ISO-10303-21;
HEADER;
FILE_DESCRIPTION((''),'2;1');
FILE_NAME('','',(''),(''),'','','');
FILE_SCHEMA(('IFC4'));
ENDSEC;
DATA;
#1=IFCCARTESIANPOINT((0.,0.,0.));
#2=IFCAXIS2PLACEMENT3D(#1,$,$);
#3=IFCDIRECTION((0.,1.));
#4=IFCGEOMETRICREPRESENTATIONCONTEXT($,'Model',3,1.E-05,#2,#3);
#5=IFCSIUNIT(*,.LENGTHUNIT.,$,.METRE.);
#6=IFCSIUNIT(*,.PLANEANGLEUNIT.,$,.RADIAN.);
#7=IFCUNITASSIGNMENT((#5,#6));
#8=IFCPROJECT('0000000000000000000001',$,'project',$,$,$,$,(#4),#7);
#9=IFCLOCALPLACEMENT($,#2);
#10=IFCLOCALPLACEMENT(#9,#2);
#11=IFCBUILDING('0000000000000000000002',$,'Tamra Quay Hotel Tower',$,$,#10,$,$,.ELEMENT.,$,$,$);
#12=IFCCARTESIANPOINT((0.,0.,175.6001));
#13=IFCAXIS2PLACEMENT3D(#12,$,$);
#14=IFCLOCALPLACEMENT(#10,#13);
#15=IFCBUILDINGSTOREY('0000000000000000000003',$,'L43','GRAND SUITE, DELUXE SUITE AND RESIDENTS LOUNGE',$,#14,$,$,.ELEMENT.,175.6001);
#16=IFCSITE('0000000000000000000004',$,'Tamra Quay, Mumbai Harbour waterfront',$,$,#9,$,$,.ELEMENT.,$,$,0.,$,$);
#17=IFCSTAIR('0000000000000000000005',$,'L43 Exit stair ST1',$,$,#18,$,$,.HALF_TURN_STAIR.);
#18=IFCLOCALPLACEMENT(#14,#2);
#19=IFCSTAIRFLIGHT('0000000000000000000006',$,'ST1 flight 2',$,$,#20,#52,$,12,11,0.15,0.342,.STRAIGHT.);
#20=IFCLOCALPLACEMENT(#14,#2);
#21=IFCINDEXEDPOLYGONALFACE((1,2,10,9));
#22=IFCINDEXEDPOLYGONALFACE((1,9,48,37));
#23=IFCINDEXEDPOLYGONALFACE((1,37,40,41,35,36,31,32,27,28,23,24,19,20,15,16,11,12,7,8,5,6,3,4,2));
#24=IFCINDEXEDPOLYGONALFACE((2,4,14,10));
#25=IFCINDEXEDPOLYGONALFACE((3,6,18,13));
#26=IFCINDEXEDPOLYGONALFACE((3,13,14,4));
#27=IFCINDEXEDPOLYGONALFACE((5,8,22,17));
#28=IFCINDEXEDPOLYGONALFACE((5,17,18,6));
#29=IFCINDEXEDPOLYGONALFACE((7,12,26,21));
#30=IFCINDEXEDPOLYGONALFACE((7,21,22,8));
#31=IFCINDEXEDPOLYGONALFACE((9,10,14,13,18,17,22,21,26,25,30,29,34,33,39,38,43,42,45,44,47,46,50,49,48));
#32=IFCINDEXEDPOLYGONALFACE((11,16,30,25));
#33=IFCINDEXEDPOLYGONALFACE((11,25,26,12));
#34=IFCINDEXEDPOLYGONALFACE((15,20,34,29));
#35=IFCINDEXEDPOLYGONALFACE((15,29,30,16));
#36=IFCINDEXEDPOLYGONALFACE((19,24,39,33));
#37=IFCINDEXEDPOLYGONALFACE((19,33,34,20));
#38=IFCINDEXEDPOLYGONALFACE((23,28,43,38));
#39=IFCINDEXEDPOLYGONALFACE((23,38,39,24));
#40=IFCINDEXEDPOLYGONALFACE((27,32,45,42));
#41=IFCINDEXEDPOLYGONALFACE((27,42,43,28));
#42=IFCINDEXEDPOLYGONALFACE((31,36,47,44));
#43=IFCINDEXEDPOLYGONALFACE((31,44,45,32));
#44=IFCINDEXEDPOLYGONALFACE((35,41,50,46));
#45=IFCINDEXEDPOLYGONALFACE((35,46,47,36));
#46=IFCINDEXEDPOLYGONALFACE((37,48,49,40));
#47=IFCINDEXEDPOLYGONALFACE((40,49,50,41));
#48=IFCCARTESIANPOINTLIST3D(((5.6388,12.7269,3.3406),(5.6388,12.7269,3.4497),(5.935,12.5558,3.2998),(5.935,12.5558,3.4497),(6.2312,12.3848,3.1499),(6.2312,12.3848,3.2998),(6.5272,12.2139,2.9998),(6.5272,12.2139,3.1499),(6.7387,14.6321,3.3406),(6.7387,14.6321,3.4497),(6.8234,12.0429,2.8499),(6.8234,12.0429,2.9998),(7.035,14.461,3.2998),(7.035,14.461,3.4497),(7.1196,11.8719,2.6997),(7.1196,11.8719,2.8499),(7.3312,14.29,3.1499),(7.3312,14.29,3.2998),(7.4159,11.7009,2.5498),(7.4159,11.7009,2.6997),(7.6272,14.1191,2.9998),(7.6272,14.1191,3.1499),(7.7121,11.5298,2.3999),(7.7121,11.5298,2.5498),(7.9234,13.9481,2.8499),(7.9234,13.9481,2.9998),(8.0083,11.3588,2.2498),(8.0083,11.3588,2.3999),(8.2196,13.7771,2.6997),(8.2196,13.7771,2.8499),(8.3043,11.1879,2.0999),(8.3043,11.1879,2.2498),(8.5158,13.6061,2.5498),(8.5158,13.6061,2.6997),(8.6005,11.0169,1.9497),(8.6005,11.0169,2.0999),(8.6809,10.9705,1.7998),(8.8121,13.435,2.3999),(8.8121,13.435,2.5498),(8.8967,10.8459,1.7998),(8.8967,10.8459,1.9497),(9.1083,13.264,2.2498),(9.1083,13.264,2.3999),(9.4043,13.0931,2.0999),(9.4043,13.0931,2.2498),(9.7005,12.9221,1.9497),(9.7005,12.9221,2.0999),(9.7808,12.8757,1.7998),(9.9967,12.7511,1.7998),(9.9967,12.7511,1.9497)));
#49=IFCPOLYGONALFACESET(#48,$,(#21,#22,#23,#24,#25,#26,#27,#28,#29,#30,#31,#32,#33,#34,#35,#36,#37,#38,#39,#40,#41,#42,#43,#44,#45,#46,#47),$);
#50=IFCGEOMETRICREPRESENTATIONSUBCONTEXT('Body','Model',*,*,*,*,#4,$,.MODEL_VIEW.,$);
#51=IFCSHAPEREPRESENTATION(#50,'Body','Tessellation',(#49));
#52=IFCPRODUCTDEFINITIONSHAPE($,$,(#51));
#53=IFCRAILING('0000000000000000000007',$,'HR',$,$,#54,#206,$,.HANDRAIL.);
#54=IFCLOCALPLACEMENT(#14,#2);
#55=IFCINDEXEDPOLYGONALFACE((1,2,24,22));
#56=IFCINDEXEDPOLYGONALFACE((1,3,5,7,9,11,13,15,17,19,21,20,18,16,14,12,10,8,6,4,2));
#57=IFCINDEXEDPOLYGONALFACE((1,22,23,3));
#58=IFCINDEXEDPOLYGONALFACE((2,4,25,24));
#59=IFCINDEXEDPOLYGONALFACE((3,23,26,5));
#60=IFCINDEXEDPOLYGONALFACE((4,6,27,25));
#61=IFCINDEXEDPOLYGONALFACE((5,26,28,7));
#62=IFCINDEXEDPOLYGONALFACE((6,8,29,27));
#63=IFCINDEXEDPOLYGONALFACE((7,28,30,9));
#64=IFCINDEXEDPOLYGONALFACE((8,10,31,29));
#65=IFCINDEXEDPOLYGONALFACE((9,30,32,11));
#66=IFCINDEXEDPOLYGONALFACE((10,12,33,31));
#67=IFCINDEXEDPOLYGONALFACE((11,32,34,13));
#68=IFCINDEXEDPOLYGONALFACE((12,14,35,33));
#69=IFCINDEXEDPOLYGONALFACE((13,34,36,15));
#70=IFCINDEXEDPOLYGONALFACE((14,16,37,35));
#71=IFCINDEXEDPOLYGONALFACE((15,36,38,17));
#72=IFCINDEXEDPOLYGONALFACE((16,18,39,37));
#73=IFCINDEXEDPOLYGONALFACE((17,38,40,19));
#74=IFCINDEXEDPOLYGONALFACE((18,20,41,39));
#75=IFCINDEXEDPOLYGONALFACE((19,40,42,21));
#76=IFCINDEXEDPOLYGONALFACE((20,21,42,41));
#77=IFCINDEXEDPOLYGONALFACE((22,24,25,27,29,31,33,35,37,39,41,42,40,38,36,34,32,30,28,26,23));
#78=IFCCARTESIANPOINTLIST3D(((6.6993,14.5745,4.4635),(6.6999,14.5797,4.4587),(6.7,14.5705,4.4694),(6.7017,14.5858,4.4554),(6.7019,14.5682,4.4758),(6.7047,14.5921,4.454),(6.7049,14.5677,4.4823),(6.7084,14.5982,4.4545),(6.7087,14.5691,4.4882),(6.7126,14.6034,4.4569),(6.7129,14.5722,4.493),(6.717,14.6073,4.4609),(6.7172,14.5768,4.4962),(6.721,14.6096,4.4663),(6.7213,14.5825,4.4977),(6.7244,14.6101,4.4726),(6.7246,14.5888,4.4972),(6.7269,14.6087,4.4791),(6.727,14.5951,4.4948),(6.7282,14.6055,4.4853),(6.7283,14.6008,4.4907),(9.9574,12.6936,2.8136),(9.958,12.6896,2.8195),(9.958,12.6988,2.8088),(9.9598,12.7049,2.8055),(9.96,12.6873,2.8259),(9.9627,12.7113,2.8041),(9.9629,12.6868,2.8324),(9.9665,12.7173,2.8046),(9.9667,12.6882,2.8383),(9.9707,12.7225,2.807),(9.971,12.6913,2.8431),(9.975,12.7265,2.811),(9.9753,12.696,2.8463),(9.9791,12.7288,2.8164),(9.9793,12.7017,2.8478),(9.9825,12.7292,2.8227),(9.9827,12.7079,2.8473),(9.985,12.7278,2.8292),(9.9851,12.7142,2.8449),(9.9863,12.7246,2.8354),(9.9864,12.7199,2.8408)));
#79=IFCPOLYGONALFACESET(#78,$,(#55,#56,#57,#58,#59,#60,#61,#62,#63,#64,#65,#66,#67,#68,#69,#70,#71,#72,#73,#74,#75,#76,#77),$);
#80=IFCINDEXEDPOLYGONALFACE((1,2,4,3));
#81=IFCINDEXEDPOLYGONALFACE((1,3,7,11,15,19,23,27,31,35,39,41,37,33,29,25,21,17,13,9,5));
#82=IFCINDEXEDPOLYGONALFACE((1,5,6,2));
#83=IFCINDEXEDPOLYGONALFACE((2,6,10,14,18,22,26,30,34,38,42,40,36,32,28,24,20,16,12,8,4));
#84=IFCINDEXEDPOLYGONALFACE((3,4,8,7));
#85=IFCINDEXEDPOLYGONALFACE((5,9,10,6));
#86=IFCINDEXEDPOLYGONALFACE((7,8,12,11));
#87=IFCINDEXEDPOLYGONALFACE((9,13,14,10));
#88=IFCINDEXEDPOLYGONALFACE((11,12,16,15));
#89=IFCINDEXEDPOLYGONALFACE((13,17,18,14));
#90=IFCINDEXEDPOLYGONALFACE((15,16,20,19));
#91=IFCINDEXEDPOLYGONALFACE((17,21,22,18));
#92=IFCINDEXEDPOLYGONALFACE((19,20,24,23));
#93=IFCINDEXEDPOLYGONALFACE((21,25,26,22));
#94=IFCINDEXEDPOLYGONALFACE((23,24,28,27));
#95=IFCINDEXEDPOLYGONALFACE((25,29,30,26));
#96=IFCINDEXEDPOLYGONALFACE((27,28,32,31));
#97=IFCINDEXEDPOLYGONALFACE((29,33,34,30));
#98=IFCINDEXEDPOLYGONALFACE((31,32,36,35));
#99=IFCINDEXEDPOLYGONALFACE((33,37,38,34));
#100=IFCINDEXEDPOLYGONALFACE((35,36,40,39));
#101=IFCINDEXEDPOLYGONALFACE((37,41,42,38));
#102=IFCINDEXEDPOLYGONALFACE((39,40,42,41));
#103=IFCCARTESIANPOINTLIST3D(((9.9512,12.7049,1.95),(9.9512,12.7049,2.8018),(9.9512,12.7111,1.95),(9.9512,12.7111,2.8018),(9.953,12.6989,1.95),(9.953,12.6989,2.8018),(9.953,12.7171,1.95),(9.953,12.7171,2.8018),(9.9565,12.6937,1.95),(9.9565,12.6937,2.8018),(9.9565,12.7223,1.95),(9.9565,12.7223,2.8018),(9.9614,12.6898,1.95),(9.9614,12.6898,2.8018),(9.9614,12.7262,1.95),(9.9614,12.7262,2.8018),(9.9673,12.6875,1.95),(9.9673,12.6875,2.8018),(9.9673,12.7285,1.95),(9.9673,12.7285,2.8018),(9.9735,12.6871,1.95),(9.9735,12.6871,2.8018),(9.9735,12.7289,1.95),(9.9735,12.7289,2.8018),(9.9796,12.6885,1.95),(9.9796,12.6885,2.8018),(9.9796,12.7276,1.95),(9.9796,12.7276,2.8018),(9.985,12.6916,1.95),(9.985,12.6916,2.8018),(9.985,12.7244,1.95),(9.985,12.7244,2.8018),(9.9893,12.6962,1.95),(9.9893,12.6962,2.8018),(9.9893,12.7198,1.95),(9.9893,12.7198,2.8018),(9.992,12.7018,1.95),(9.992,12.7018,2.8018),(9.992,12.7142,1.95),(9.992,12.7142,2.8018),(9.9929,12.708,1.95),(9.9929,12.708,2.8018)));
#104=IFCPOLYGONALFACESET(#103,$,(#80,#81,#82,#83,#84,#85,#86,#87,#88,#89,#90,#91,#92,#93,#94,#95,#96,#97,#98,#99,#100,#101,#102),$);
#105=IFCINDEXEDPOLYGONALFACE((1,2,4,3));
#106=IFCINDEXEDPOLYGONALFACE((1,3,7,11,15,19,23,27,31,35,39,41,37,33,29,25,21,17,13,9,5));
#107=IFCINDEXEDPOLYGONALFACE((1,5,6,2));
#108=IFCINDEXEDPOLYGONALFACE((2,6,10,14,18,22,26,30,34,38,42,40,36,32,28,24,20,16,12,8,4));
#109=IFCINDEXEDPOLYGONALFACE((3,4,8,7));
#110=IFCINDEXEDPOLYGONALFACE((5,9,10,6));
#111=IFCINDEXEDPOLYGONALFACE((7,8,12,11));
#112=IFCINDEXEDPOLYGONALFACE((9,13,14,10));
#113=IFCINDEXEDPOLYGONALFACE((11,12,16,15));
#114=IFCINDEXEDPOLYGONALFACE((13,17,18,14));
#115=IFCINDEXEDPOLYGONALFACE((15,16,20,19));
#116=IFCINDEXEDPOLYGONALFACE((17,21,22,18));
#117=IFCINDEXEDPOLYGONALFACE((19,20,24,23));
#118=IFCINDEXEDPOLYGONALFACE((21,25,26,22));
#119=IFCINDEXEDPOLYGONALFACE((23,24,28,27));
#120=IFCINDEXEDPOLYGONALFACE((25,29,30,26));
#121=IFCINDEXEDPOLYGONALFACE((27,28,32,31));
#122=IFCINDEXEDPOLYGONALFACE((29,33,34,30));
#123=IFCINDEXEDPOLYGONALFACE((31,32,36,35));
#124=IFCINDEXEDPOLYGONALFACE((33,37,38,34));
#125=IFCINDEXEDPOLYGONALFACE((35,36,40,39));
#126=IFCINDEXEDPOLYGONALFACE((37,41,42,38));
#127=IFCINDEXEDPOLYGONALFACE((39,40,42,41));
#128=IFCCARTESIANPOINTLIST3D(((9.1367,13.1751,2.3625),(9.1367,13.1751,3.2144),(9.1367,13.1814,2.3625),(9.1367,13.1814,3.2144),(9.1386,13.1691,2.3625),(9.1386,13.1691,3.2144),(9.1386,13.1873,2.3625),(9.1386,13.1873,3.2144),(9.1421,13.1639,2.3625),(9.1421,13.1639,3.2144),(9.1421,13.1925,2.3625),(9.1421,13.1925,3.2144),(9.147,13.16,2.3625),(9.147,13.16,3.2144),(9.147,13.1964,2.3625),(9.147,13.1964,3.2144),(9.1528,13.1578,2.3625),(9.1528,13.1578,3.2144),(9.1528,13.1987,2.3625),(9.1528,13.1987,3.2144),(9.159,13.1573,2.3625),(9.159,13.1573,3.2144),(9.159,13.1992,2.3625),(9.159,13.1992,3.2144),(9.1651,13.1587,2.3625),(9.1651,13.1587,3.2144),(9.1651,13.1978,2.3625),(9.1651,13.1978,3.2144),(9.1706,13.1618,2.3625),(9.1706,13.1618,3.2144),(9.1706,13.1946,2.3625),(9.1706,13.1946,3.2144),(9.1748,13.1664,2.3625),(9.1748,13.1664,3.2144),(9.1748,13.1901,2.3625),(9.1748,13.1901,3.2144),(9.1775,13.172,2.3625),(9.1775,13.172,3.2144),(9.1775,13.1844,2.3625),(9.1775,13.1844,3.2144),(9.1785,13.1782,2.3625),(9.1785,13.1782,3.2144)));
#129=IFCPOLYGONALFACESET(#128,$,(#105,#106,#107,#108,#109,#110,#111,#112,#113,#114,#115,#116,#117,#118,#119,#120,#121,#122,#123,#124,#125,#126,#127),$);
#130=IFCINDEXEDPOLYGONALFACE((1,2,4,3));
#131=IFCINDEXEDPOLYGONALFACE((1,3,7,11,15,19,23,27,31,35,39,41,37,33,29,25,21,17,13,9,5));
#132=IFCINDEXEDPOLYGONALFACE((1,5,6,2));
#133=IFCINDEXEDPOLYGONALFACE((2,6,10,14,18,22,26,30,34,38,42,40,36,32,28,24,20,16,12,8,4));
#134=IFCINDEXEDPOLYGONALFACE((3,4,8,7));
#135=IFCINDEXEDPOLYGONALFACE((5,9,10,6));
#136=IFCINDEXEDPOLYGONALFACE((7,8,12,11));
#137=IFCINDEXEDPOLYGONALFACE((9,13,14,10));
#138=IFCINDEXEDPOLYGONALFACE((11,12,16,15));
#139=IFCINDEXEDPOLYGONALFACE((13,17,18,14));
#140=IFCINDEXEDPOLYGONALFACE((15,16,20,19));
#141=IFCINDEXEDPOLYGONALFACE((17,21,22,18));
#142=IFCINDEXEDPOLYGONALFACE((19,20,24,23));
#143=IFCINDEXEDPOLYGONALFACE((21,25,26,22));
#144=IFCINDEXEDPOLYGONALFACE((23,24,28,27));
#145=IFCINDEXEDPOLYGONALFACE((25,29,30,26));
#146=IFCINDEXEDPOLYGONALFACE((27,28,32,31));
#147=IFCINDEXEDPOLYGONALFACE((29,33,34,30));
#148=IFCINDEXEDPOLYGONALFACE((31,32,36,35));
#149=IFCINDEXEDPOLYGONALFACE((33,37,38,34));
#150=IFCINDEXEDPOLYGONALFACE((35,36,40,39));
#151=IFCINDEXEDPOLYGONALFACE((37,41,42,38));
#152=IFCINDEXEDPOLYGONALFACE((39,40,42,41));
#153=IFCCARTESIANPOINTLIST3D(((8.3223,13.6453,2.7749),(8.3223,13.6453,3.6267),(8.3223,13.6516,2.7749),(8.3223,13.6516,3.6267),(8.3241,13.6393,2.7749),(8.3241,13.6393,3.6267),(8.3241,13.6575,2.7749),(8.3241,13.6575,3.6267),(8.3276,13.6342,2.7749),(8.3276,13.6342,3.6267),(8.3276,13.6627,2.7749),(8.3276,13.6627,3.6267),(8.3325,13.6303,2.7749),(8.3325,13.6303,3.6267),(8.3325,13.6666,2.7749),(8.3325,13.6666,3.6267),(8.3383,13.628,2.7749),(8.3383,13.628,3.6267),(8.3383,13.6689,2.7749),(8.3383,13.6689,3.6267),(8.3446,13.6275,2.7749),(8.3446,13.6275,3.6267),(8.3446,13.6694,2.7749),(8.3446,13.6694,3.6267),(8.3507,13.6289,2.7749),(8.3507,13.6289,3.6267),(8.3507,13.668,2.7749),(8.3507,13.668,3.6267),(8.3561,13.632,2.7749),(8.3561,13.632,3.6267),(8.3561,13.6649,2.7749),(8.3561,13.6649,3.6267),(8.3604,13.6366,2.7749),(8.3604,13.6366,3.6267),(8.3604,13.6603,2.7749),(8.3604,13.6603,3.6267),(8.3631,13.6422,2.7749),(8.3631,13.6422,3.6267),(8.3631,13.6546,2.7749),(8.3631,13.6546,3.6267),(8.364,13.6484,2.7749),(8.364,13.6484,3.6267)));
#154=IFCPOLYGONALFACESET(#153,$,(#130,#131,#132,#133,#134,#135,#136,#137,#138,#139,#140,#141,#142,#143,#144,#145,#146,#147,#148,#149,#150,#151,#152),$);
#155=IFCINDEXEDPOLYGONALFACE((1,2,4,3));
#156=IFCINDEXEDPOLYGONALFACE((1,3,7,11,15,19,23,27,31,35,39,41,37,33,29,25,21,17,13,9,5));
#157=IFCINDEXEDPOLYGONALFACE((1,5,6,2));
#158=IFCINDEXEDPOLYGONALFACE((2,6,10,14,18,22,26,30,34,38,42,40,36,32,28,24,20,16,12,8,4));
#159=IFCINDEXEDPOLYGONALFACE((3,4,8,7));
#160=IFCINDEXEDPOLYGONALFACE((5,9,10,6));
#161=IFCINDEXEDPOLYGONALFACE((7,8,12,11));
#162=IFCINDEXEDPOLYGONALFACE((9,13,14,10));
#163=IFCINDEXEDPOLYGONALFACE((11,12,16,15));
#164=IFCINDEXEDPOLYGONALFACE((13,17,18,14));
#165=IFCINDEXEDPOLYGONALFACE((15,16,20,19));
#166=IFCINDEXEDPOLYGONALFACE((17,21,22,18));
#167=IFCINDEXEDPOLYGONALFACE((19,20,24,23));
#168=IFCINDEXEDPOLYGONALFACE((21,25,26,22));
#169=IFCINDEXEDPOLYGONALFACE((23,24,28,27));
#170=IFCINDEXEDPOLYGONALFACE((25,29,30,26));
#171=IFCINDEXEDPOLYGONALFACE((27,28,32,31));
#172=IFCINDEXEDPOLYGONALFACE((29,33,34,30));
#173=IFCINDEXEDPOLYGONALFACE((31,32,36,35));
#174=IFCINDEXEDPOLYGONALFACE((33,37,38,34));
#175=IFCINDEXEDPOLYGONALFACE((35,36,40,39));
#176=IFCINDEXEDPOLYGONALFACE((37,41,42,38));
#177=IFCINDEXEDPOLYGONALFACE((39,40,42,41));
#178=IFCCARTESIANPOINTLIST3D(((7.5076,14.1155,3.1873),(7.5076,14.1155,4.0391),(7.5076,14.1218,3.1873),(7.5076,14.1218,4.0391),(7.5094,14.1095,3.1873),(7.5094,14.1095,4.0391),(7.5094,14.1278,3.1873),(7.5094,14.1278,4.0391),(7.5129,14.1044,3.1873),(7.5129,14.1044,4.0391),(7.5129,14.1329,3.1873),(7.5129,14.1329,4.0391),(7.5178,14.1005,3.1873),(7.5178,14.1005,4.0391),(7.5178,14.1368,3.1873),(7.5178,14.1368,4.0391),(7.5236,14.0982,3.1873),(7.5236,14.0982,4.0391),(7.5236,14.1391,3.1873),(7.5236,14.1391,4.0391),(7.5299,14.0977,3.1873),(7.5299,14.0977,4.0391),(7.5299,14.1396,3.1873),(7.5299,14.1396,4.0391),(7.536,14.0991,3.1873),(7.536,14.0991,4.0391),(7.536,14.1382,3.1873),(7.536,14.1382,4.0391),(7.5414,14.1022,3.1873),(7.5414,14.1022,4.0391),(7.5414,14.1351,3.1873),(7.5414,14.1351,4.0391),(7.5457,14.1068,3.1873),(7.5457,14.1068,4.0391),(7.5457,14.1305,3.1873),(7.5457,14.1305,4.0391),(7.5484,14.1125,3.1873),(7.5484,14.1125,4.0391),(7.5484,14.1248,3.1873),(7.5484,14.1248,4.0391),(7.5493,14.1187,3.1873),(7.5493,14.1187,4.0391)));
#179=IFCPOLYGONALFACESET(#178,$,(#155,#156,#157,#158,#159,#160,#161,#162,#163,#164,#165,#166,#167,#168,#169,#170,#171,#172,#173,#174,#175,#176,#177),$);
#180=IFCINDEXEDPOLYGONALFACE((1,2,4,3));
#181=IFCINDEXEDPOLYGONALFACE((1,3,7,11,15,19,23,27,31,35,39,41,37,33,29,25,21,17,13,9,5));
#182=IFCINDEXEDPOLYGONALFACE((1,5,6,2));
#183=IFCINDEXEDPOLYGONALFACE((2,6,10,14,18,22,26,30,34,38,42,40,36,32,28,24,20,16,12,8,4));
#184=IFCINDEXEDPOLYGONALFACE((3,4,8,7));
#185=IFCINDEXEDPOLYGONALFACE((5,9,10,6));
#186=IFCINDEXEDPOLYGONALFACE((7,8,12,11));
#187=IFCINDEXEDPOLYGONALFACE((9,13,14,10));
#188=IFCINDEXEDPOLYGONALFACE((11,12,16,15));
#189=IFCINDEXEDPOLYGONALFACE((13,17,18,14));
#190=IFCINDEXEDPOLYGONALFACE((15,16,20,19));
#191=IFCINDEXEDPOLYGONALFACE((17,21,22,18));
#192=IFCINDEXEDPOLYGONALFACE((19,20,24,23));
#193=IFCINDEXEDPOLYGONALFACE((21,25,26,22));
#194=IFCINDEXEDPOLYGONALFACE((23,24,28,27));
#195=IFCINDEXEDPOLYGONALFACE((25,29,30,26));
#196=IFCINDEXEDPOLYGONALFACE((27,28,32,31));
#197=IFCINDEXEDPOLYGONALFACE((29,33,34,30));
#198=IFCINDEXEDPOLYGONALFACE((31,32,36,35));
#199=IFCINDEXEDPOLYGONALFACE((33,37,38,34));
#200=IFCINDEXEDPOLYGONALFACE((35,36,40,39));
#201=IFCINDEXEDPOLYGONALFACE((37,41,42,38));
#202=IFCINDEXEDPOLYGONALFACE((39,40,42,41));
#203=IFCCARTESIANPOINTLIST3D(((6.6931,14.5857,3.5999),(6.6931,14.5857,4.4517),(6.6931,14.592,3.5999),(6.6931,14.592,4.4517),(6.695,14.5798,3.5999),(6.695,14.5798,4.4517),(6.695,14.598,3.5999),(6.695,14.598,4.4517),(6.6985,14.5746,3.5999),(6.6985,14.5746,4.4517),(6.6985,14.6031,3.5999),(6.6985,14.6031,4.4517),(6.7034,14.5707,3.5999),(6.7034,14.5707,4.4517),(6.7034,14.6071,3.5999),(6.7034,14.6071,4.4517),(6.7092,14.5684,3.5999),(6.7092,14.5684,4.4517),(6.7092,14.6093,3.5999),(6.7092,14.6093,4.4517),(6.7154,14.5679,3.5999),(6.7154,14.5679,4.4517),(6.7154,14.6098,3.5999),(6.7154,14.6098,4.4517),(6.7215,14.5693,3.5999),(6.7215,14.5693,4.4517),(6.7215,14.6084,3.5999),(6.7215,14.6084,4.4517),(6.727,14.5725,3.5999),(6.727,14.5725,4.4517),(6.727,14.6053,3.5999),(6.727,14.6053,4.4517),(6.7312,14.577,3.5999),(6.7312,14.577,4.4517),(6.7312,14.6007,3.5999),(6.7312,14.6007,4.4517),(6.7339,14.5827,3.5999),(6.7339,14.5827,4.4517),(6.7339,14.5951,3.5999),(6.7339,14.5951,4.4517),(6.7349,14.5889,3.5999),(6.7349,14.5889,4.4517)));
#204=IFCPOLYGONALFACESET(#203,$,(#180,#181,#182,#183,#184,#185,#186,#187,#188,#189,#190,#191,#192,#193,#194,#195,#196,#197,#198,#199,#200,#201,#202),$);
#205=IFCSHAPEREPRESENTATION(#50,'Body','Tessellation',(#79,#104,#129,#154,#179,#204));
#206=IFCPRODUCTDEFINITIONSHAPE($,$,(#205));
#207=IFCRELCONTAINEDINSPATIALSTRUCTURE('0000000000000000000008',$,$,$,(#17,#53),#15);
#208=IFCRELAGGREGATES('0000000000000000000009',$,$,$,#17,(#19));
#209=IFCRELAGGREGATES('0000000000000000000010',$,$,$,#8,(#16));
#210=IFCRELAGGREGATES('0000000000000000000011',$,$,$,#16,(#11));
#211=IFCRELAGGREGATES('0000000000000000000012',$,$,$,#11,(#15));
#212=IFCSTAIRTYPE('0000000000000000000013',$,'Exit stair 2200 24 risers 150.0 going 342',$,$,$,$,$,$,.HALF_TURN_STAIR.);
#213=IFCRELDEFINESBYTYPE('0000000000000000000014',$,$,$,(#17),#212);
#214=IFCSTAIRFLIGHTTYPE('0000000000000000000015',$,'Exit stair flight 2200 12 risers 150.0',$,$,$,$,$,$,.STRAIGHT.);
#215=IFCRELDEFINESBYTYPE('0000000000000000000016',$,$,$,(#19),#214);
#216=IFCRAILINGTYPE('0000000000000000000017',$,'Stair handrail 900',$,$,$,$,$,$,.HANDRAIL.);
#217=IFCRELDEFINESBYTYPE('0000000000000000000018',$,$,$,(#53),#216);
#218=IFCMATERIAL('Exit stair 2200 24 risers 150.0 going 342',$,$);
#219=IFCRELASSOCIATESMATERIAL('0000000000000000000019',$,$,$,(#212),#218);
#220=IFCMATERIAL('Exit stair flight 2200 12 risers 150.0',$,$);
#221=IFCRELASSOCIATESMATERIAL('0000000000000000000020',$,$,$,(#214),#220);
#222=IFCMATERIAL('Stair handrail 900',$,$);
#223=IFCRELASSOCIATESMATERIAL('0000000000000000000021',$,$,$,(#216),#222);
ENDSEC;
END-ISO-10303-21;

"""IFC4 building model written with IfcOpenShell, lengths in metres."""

from ifc_helpers import new_model, si_unit, direction, frame, origin, origin_2d, place, context, subcontext, project, spatial, polyline, circle, outline, extrude, material, type_object, element, aggregate, save


model = new_model("IFC4")

# Units and contexts
model_context = context("Model", 3, precision=1e-05, world=origin(), true_north=direction((0.0, 1.0)))
body_context = subcontext(model_context, "Body", "Model", "MODEL_VIEW")
ifc_project = project(units=[si_unit("LENGTHUNIT", "METRE"), si_unit("PLANEANGLEUNIT", "RADIAN")], contexts=[model_context])

# Site, building, storey
site_placement = place(None, origin())
site = spatial("IfcSite", under=ifc_project, at=site_placement, Name="Tamra Quay, Mumbai Harbour waterfront", CompositionType="ELEMENT", RefElevation=0.0)
building_placement = place(site_placement, origin())
building = spatial("IfcBuilding", under=site, at=building_placement, Name="Tamra Quay Hotel Tower", CompositionType="ELEMENT")
storey_placement = place(building_placement, frame((0.0, 0.0, 175.6001)))
storey = spatial("IfcBuildingStorey", under=building, at=storey_placement, Name="L43", Description="GRAND SUITE, DELUXE SUITE AND RESIDENTS LOUNGE", CompositionType="ELEMENT", Elevation=175.6001)

# Stair, stair flight
ifc_material_1 = material(Name="Exit stair 2200 24 risers 150.0 going 342")
stair_type = type_object("IfcStairType", Name="Exit stair 2200 24 risers 150.0 going 342", PredefinedType="HALF_TURN_STAIR", material=ifc_material_1)
stair_placement = place(storey_placement, origin())
stair = element("IfcStair", 1, at=stair_placement, inside=storey, type_object=stair_type, Name="L43 Exit stair ST1", PredefinedType="HALF_TURN_STAIR")
ifc_material_2 = material(Name="Exit stair flight 2200 12 risers 150.0")
stair_flight_type = type_object("IfcStairFlightType", Name="Exit stair flight 2200 12 risers 150.0", PredefinedType="STRAIGHT", material=ifc_material_2)
stair_flight_placement = place(storey_placement, frame((9.4468, 11.7986, 1.7998), z_axis=(0.0, 0.0, 1.0), x_axis=(-0.866025, 0.5, 0.0)))
stair_flight = element("IfcStairFlight", 2, at=stair_flight_placement, type_object=stair_flight_type, Name="ST1 flight 2", NumberOfRisers=12, NumberOfTreads=11, PredefinedType="STRAIGHT", RiserHeight=0.15, TreadLength=0.342, context=body_context, shape_type="SweptSolid", body=[
    extrude(outline(polyline([(0.0, 0.0), (0.0, 0.1499), (0.342, 0.1499), (0.342, 0.3), (0.6841, 0.3), (0.6841, 0.45), (1.0259, 0.45), (1.0259, 0.6001), (1.3679, 0.6001), (1.3679, 0.75), (1.71, 0.75), (1.71, 0.8999), (2.052, 0.8999), (2.052, 1.05), (2.394, 1.05), (2.394, 1.2), (2.7361, 1.2), (2.7361, 1.3501), (3.0779, 1.3501), (3.0779, 1.5), (3.4199, 1.5), (3.4199, 1.6499), (3.762, 1.6499), (3.762, 1.8), (3.762, 1.5408), (0.2493, 0.0), (0.0, 0.0)])), frame((0.0, 1.1001, 0.0), z_axis=(0.0, -1.0, 0.0), x_axis=(1.0, 0.0, 0.0)), (0.0, 0.0, 1.0), 2.2),
])
aggregate(stair, [stair_flight])

# Railing
ifc_material_3 = material(Name="Stair handrail 900")
railing_type_1 = type_object("IfcRailingType", Name="Stair handrail 900", PredefinedType="HANDRAIL", material=ifc_material_3)
railing_1_placement = place(storey_placement, frame((9.9719, 12.708, 1.95)))
element("IfcRailing", 3, at=railing_1_placement, inside=storey, type_object=railing_type_1, Name="HR", PredefinedType="HANDRAIL", context=body_context, shape_type="SweptSolid", body=[
    extrude(circle(Radius=0.0239, at=origin_2d()), frame((0.0, 0.0, 0.876), z_axis=(-0.793122, 0.457865, 0.401642), x_axis=(-0.499964, -0.866046, 0.0)), (0.0, 0.0, 1.0), 4.1079),
    extrude(circle(Radius=0.021, at=origin_2d()), origin(), (0.0, 0.0, 1.0), 0.8518),
    extrude(circle(Radius=0.021, at=origin_2d()), frame((-0.8145, 0.4702, 0.4126)), (0.0, 0.0, 1.0), 0.8518),
    extrude(circle(Radius=0.021, at=origin_2d()), frame((-1.6289, 0.9404, 0.825)), (0.0, 0.0, 1.0), 0.8518),
    extrude(circle(Radius=0.021, at=origin_2d()), frame((-2.4436, 1.4106, 1.2373)), (0.0, 0.0, 1.0), 0.8518),
    extrude(circle(Radius=0.021, at=origin_2d()), frame((-3.2581, 1.8809, 1.6499)), (0.0, 0.0, 1.0), 0.8518),
])

save(model, "model.ifc")
